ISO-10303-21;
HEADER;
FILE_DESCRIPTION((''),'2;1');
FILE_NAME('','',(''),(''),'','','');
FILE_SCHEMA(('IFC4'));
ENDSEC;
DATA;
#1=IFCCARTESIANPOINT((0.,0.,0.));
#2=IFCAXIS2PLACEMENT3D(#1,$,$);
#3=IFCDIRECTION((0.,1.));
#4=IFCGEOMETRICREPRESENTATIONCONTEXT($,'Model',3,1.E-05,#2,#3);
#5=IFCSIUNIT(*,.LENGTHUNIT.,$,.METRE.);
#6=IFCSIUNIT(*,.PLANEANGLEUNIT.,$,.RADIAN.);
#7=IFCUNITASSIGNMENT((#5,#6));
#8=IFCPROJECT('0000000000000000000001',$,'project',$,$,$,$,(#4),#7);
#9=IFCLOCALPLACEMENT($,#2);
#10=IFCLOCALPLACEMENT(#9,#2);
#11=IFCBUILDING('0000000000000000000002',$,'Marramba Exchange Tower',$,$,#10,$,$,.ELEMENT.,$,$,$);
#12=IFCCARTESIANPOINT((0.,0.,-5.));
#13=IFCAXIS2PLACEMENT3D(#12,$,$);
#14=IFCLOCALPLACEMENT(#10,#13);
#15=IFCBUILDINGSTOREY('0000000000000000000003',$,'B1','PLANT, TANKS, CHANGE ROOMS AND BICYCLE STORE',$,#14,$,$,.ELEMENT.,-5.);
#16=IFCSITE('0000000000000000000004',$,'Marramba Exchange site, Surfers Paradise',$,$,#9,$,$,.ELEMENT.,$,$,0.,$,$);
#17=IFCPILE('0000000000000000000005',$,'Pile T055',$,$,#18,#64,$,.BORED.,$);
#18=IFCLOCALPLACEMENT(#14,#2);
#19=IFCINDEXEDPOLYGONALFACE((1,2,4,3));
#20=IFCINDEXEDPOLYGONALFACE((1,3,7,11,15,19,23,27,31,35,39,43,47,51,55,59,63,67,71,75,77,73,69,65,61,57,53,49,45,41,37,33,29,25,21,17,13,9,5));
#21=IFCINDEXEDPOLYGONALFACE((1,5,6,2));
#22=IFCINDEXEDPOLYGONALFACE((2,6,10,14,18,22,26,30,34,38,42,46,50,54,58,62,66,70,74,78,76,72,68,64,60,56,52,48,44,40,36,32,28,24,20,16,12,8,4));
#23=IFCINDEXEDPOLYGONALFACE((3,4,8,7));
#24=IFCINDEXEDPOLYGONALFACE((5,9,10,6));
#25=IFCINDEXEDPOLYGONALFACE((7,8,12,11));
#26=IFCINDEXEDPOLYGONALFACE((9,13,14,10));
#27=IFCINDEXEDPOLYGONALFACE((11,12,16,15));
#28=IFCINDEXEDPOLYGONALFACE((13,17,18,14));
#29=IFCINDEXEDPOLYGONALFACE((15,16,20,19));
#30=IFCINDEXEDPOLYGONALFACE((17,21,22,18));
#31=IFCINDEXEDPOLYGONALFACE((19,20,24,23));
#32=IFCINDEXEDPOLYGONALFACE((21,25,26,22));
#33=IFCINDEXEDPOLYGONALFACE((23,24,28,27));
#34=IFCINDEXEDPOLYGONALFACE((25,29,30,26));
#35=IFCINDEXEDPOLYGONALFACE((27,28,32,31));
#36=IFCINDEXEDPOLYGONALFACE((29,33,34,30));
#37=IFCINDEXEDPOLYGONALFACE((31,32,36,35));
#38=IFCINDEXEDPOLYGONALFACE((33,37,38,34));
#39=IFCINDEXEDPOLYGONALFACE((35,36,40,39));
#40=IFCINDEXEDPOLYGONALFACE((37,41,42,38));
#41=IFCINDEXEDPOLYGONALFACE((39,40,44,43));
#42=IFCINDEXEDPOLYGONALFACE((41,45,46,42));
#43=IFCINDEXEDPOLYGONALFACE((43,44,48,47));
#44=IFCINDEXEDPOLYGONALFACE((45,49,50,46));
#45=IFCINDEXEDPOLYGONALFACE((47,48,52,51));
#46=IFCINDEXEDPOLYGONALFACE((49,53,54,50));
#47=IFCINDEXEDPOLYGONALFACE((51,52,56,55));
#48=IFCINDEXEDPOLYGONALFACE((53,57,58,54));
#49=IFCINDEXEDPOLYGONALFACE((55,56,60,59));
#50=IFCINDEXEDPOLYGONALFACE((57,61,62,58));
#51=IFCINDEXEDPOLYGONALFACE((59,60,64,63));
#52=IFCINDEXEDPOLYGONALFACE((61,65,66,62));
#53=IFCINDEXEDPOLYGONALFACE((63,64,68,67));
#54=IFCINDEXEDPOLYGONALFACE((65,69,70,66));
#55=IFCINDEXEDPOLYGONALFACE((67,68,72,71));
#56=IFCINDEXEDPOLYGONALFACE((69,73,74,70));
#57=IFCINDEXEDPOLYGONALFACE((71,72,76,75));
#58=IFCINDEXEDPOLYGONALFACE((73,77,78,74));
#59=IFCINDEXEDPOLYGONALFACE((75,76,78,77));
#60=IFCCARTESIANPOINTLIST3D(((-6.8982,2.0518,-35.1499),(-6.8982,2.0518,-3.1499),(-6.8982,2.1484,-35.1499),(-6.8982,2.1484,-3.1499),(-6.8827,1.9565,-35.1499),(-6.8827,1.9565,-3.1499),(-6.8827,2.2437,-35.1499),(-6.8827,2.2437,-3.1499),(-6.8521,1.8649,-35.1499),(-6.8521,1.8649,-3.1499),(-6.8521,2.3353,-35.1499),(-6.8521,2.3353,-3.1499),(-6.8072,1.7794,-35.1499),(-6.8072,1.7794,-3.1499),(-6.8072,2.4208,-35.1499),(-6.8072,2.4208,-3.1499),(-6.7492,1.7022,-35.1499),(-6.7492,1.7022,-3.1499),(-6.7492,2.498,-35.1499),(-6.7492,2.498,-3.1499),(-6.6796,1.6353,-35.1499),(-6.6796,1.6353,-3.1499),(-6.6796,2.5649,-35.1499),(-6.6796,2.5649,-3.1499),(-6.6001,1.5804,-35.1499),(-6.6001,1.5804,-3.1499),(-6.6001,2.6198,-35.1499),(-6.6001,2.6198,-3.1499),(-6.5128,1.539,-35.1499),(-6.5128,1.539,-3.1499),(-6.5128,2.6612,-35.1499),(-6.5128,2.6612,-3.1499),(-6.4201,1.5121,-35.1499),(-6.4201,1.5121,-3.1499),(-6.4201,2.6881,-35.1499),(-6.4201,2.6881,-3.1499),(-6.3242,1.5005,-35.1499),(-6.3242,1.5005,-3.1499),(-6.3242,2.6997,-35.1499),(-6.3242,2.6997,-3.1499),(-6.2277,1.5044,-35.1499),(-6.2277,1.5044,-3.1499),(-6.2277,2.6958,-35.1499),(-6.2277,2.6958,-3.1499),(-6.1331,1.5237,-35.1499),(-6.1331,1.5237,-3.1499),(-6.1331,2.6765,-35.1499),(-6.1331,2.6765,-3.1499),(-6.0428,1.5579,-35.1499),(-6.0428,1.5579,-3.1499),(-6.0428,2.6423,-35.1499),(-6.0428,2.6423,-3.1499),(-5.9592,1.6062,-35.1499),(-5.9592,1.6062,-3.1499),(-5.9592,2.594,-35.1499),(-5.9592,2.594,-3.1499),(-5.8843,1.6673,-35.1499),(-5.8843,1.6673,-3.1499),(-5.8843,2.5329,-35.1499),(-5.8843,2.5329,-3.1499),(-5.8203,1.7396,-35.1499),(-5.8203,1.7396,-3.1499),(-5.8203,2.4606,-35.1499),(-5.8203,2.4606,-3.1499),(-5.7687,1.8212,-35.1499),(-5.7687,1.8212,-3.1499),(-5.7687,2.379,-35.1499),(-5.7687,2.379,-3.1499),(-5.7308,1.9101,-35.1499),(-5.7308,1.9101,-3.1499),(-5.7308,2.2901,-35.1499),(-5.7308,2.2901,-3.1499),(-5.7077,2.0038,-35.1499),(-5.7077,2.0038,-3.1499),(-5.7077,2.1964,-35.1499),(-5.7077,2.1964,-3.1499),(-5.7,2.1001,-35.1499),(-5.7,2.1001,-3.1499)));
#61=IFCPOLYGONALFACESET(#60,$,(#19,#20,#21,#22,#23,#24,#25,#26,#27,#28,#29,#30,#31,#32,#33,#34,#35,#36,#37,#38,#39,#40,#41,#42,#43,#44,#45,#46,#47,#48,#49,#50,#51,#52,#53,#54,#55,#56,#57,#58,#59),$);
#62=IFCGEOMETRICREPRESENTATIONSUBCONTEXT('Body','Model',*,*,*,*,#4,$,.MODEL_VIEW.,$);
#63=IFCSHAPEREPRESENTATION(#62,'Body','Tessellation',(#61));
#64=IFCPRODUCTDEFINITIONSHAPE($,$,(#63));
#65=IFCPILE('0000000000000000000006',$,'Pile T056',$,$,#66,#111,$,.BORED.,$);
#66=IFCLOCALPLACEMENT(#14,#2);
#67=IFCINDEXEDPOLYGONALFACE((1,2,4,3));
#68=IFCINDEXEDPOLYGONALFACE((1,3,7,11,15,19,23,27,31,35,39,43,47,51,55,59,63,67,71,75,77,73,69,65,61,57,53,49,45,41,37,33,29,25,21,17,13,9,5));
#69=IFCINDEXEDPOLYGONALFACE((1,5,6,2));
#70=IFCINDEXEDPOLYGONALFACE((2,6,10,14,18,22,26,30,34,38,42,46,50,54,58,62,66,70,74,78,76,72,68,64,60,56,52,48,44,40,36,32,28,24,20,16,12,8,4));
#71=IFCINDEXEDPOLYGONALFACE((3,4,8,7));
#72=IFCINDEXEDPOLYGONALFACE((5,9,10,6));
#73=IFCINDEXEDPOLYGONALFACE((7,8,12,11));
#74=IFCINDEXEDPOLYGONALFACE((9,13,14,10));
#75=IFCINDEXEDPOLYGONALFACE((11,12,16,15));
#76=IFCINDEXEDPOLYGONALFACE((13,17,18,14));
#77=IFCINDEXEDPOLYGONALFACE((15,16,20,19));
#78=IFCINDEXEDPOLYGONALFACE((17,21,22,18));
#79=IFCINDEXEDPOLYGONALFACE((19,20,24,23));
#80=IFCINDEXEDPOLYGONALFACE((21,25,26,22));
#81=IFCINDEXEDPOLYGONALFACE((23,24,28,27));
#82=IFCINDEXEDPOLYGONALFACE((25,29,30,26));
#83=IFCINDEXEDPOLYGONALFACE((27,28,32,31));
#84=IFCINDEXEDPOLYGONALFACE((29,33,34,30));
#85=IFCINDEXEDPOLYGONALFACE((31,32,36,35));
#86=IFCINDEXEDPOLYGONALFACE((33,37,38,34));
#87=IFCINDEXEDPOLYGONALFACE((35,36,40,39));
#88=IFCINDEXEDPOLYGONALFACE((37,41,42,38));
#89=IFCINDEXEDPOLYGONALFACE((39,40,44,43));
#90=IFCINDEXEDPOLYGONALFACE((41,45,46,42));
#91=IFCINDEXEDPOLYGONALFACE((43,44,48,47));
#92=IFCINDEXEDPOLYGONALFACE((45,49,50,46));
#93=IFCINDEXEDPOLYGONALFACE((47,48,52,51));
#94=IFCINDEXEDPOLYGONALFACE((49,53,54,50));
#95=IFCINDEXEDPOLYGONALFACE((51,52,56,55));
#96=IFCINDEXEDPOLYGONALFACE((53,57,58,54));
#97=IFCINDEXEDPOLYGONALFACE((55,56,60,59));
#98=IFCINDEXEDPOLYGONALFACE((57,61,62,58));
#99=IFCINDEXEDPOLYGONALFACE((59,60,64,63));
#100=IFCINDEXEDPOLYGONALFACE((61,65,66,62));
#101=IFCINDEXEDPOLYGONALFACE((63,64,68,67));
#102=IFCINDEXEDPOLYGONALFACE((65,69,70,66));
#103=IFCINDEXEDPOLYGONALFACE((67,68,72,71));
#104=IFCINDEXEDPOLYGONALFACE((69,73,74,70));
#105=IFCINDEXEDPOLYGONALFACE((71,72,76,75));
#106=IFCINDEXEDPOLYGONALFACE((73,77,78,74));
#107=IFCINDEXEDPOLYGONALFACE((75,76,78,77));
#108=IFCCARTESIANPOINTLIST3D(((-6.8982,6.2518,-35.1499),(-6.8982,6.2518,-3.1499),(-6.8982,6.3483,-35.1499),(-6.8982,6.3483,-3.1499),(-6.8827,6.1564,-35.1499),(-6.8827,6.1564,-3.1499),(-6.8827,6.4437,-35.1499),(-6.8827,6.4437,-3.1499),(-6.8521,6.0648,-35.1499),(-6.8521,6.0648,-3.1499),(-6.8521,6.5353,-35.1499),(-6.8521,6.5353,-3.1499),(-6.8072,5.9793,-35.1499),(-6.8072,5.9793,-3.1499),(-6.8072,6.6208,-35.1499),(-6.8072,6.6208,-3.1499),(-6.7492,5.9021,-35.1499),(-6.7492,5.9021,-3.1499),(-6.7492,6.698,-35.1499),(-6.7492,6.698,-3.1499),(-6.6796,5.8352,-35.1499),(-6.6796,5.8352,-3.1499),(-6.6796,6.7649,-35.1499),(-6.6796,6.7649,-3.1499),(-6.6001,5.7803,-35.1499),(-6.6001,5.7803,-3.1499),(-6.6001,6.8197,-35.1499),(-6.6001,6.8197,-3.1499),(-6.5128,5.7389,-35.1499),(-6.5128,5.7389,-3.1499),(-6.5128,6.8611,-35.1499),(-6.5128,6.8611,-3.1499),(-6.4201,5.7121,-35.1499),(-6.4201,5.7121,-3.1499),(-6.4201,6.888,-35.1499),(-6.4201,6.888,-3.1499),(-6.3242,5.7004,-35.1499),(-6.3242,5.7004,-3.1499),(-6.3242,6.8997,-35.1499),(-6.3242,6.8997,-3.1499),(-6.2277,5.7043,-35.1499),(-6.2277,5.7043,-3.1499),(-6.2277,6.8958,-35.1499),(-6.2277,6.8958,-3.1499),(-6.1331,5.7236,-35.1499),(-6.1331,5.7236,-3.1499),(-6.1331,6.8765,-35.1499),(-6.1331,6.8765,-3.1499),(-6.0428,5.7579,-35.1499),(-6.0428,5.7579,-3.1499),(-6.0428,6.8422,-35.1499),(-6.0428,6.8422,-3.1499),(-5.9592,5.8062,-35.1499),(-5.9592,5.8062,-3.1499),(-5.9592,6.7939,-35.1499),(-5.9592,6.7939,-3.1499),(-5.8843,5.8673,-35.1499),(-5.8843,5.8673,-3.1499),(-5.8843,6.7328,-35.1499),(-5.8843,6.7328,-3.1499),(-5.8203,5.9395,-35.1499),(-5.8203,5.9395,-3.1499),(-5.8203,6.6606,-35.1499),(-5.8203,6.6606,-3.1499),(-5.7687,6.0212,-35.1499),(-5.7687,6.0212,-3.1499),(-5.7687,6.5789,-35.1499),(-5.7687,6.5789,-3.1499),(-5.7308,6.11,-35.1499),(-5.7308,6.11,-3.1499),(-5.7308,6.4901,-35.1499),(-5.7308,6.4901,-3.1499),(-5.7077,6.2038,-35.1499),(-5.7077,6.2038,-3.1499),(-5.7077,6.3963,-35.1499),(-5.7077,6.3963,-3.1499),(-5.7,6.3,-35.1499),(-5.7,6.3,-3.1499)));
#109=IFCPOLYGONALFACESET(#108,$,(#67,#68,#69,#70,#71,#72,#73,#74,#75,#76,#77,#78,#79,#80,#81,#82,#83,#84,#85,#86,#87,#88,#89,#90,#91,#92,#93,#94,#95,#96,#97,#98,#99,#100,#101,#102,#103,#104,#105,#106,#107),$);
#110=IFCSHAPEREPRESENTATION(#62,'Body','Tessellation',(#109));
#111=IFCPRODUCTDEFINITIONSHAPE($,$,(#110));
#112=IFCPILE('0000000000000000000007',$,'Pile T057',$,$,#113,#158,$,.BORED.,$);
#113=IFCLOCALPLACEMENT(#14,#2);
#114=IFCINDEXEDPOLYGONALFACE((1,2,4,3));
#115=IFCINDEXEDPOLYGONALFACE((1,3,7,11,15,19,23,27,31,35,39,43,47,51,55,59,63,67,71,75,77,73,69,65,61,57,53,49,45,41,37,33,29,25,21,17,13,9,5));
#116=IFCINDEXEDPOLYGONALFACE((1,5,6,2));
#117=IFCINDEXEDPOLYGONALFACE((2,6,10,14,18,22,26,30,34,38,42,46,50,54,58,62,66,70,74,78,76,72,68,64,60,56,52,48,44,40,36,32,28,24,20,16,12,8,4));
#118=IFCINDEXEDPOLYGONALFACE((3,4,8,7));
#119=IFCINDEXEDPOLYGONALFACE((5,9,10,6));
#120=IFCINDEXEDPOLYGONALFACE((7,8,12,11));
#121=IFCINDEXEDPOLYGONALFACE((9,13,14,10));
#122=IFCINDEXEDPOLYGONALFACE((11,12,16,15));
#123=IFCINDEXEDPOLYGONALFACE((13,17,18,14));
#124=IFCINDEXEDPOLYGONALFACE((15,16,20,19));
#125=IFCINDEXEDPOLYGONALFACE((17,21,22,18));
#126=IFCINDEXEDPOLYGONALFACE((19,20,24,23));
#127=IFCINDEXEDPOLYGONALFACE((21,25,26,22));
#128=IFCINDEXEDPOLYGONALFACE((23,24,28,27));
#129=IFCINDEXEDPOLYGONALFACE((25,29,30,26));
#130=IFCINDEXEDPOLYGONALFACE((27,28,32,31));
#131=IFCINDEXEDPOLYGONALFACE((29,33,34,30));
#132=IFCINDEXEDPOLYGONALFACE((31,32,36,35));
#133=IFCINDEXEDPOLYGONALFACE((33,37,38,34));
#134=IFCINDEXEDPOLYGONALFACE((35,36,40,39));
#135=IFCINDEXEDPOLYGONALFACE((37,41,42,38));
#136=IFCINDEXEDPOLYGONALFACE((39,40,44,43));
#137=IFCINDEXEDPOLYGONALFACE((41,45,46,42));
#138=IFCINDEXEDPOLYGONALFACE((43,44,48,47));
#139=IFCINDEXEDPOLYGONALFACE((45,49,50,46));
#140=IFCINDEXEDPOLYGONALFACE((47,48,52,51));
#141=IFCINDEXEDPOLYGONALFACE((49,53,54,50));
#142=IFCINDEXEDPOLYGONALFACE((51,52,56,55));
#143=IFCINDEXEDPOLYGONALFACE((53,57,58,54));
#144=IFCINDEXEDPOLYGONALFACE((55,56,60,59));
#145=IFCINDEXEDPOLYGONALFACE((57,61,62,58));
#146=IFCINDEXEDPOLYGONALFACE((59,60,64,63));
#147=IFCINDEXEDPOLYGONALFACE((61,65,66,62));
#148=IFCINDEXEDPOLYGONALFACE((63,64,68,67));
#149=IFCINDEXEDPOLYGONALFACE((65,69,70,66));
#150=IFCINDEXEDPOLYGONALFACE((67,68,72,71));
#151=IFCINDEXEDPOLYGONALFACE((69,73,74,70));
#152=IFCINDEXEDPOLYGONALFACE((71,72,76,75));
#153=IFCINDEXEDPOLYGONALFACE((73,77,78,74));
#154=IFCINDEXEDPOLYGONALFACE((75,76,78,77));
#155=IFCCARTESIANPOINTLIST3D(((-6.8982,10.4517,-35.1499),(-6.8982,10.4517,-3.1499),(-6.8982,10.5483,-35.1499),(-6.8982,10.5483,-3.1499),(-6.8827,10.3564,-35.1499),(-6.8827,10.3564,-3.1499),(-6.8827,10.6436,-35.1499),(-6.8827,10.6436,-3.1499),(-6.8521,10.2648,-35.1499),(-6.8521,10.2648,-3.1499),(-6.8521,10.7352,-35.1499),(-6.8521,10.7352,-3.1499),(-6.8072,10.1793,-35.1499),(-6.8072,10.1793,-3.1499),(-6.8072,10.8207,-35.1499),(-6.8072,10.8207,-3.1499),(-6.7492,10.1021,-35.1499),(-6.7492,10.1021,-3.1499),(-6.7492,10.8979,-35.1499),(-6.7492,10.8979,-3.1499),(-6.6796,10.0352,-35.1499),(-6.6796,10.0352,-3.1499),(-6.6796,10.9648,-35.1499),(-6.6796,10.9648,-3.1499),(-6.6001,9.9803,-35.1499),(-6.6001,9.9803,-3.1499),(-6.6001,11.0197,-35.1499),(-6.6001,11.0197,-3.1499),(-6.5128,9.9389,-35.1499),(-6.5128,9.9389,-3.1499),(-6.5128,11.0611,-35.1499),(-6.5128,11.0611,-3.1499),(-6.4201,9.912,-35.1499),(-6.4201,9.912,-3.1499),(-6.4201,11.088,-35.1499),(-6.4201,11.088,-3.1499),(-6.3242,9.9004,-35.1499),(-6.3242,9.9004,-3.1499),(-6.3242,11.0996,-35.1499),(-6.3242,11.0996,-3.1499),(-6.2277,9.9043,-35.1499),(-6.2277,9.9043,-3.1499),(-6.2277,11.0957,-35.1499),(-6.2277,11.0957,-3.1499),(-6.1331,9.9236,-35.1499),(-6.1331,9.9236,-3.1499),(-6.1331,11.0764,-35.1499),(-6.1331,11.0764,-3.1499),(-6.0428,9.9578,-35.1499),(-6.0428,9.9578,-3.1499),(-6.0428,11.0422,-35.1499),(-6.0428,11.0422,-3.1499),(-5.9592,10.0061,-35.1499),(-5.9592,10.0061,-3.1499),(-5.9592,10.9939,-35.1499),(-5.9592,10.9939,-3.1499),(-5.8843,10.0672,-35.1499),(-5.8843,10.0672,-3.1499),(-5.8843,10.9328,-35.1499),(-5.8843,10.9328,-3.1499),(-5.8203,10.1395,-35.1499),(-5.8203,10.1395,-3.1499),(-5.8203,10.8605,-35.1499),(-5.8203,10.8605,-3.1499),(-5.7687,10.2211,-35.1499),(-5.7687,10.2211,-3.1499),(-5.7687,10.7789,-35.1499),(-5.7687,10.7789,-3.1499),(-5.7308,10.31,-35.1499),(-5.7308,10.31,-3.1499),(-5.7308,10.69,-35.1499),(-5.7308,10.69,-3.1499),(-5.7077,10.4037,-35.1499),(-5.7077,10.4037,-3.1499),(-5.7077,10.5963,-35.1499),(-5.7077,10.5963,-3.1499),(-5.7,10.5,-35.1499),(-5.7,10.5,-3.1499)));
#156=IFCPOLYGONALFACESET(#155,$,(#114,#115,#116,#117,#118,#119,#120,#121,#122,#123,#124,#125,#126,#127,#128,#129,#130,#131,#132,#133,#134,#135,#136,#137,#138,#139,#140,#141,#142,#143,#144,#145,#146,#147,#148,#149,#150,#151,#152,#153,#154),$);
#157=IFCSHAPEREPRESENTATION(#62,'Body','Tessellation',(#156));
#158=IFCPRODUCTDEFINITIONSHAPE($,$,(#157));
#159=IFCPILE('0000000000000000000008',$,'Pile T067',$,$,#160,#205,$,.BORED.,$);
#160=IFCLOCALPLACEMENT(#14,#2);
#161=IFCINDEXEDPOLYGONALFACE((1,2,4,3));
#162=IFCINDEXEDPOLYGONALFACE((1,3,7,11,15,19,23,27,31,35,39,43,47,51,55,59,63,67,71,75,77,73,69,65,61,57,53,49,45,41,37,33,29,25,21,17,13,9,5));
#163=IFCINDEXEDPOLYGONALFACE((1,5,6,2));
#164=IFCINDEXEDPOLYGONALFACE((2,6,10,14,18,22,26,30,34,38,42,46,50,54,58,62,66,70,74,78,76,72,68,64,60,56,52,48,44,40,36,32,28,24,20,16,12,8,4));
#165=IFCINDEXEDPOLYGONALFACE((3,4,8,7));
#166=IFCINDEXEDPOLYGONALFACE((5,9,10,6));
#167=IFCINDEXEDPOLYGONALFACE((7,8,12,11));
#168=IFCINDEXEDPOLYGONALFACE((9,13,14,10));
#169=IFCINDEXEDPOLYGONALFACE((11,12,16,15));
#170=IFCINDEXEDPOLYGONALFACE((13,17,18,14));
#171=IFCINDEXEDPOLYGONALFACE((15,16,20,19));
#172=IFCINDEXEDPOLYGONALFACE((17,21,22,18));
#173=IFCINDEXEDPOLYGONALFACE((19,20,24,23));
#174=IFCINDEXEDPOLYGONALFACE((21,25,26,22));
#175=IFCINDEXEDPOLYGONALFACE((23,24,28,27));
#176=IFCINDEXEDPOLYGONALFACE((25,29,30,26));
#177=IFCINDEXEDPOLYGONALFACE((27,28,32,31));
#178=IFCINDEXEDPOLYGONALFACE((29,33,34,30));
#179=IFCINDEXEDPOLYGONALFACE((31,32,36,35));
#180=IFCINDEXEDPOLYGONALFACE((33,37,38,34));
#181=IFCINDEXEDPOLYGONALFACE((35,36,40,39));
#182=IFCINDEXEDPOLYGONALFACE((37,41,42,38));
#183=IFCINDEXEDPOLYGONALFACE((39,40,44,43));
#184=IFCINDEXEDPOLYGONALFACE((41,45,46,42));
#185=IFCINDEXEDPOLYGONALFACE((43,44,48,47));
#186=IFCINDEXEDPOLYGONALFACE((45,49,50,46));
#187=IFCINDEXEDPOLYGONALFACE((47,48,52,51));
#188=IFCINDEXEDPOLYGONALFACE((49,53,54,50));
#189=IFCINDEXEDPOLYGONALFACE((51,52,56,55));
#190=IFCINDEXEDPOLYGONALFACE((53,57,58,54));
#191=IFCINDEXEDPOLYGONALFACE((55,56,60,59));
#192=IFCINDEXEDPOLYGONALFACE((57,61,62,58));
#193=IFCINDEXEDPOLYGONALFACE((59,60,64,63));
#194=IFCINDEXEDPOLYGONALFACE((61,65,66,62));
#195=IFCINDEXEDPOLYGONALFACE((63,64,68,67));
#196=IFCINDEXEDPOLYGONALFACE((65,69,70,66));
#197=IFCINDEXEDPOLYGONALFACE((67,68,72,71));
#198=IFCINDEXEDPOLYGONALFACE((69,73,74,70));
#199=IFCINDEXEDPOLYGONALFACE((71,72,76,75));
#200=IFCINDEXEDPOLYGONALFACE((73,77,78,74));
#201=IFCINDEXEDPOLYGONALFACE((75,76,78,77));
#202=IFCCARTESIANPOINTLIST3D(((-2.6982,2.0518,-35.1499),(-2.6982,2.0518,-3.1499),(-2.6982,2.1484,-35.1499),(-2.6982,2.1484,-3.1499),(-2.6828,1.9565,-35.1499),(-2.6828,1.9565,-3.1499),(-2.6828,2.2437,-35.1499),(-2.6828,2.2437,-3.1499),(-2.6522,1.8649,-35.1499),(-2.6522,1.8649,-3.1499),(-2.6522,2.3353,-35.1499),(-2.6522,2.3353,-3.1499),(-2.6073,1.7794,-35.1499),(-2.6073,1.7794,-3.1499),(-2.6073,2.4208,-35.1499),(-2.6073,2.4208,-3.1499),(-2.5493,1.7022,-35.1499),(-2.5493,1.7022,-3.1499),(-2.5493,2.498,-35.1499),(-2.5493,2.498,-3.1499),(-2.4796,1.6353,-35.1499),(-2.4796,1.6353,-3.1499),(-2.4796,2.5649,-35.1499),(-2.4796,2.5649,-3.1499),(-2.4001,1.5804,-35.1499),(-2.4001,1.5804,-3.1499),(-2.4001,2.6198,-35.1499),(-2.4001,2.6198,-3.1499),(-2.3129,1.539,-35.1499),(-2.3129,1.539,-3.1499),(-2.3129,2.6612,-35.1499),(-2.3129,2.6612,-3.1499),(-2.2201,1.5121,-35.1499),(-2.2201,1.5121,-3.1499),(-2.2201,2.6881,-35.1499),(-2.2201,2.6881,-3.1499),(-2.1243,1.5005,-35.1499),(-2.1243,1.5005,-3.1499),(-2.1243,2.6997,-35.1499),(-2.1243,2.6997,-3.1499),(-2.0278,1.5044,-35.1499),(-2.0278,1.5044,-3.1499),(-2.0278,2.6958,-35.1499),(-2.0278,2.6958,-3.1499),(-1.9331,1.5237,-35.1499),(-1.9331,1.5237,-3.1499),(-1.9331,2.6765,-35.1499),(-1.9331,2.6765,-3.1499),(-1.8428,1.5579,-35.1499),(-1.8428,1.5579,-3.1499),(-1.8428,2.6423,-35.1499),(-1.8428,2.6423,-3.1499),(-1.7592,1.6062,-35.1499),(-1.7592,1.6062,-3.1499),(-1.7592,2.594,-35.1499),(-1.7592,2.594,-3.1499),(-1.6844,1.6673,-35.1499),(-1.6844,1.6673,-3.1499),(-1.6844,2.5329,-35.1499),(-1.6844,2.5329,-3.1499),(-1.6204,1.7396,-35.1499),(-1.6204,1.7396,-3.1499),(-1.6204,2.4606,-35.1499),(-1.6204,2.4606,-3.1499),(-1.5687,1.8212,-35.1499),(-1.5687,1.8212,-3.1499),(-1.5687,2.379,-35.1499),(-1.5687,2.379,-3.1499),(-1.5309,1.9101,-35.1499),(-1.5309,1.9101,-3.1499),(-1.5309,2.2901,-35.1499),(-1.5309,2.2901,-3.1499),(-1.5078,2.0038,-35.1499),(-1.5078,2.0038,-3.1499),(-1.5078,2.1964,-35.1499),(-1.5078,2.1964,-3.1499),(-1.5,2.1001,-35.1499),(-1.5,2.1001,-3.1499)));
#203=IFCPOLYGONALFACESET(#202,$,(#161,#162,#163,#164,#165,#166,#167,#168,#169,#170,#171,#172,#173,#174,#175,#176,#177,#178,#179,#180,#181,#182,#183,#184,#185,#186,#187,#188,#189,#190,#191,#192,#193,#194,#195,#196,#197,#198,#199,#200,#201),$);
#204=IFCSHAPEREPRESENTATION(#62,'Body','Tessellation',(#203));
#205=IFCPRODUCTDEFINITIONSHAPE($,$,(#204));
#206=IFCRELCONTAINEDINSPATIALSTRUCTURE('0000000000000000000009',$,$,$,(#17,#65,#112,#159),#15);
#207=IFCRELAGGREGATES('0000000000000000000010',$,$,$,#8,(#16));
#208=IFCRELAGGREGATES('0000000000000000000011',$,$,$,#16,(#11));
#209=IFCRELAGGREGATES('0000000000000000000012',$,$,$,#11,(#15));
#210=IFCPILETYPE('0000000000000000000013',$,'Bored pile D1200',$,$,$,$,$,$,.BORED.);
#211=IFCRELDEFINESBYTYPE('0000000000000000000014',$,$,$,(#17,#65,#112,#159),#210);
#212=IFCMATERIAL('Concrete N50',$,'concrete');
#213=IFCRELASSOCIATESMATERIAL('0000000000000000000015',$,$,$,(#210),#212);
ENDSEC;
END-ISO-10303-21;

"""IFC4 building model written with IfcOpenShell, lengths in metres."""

from ifc_helpers import new_model, si_unit, direction, frame, origin, origin_2d, place, context, subcontext, project, spatial, circle, extrude, material, material_profile, profile_set, type_object, element, save


model = new_model("IFC4")

# Units and contexts
model_context = context("Model", 3, precision=1e-05, world=origin(), true_north=direction((0.0, 1.0)))
body_context = subcontext(model_context, "Body", "Model", "MODEL_VIEW")
ifc_project = project(units=[si_unit("LENGTHUNIT", "METRE"), si_unit("PLANEANGLEUNIT", "RADIAN")], contexts=[model_context])

# Site, building, storey
site_placement = place(None, origin())
site = spatial("IfcSite", under=ifc_project, at=site_placement, Name="Marramba Exchange site, Surfers Paradise", CompositionType="ELEMENT", RefElevation=0.0)
building_placement = place(site_placement, origin())
building = spatial("IfcBuilding", under=site, at=building_placement, Name="Marramba Exchange Tower", CompositionType="ELEMENT")
storey_placement = place(building_placement, frame((0.0, 0.0, -5.0)))
storey = spatial("IfcBuildingStorey", under=building, at=storey_placement, Name="B1", Description="PLANT, TANKS, CHANGE ROOMS AND BICYCLE STORE", CompositionType="ELEMENT", Elevation=-5.0)

# Piles
ifc_material_1 = material(Name="Concrete N50", Category="concrete")
ifc_material_profile = material_profile(ifc_material_1, circle(Radius=0.6001, at=origin_2d()), Name="BP D1200")
ifc_profile_set = profile_set([ifc_material_profile], Name="Concrete N50")
pile_type = type_object("IfcPileType", Name="Bored pile D1200", PredefinedType="BORED", material=ifc_profile_set)
for number, where, z_axis, x_axis, name in (
    (1, (-6.3, 2.1001, -3.1499), (0.0, 0.0, -1.0), (1.0, 0.0, 0.0), "Pile T055"),
    (2, (-6.3, 6.3, -3.1499), (0.0, 0.0, -1.0), (1.0, 0.0, 0.0), "Pile T056"),
    (3, (-6.3, 10.5, -3.1499), (0.0, 0.0, -1.0), (1.0, 0.0, 0.0), "Pile T057"),
    (4, (-2.1001, 2.1001, -3.1499), (0.0, 0.0, -1.0), (1.0, 0.0, 0.0), "Pile T067"),
):
    element("IfcPile", number, at=place(storey_placement, frame(where, z_axis=z_axis, x_axis=x_axis)), inside=storey, type_object=pile_type, Name=name, PredefinedType="BORED", context=body_context, shape_type="SweptSolid", body=[
        extrude(circle(Radius=0.6001, at=origin_2d()), origin(), (0.0, 0.0, 1.0), 32.0),
    ])

save(model, "model.ifc")
